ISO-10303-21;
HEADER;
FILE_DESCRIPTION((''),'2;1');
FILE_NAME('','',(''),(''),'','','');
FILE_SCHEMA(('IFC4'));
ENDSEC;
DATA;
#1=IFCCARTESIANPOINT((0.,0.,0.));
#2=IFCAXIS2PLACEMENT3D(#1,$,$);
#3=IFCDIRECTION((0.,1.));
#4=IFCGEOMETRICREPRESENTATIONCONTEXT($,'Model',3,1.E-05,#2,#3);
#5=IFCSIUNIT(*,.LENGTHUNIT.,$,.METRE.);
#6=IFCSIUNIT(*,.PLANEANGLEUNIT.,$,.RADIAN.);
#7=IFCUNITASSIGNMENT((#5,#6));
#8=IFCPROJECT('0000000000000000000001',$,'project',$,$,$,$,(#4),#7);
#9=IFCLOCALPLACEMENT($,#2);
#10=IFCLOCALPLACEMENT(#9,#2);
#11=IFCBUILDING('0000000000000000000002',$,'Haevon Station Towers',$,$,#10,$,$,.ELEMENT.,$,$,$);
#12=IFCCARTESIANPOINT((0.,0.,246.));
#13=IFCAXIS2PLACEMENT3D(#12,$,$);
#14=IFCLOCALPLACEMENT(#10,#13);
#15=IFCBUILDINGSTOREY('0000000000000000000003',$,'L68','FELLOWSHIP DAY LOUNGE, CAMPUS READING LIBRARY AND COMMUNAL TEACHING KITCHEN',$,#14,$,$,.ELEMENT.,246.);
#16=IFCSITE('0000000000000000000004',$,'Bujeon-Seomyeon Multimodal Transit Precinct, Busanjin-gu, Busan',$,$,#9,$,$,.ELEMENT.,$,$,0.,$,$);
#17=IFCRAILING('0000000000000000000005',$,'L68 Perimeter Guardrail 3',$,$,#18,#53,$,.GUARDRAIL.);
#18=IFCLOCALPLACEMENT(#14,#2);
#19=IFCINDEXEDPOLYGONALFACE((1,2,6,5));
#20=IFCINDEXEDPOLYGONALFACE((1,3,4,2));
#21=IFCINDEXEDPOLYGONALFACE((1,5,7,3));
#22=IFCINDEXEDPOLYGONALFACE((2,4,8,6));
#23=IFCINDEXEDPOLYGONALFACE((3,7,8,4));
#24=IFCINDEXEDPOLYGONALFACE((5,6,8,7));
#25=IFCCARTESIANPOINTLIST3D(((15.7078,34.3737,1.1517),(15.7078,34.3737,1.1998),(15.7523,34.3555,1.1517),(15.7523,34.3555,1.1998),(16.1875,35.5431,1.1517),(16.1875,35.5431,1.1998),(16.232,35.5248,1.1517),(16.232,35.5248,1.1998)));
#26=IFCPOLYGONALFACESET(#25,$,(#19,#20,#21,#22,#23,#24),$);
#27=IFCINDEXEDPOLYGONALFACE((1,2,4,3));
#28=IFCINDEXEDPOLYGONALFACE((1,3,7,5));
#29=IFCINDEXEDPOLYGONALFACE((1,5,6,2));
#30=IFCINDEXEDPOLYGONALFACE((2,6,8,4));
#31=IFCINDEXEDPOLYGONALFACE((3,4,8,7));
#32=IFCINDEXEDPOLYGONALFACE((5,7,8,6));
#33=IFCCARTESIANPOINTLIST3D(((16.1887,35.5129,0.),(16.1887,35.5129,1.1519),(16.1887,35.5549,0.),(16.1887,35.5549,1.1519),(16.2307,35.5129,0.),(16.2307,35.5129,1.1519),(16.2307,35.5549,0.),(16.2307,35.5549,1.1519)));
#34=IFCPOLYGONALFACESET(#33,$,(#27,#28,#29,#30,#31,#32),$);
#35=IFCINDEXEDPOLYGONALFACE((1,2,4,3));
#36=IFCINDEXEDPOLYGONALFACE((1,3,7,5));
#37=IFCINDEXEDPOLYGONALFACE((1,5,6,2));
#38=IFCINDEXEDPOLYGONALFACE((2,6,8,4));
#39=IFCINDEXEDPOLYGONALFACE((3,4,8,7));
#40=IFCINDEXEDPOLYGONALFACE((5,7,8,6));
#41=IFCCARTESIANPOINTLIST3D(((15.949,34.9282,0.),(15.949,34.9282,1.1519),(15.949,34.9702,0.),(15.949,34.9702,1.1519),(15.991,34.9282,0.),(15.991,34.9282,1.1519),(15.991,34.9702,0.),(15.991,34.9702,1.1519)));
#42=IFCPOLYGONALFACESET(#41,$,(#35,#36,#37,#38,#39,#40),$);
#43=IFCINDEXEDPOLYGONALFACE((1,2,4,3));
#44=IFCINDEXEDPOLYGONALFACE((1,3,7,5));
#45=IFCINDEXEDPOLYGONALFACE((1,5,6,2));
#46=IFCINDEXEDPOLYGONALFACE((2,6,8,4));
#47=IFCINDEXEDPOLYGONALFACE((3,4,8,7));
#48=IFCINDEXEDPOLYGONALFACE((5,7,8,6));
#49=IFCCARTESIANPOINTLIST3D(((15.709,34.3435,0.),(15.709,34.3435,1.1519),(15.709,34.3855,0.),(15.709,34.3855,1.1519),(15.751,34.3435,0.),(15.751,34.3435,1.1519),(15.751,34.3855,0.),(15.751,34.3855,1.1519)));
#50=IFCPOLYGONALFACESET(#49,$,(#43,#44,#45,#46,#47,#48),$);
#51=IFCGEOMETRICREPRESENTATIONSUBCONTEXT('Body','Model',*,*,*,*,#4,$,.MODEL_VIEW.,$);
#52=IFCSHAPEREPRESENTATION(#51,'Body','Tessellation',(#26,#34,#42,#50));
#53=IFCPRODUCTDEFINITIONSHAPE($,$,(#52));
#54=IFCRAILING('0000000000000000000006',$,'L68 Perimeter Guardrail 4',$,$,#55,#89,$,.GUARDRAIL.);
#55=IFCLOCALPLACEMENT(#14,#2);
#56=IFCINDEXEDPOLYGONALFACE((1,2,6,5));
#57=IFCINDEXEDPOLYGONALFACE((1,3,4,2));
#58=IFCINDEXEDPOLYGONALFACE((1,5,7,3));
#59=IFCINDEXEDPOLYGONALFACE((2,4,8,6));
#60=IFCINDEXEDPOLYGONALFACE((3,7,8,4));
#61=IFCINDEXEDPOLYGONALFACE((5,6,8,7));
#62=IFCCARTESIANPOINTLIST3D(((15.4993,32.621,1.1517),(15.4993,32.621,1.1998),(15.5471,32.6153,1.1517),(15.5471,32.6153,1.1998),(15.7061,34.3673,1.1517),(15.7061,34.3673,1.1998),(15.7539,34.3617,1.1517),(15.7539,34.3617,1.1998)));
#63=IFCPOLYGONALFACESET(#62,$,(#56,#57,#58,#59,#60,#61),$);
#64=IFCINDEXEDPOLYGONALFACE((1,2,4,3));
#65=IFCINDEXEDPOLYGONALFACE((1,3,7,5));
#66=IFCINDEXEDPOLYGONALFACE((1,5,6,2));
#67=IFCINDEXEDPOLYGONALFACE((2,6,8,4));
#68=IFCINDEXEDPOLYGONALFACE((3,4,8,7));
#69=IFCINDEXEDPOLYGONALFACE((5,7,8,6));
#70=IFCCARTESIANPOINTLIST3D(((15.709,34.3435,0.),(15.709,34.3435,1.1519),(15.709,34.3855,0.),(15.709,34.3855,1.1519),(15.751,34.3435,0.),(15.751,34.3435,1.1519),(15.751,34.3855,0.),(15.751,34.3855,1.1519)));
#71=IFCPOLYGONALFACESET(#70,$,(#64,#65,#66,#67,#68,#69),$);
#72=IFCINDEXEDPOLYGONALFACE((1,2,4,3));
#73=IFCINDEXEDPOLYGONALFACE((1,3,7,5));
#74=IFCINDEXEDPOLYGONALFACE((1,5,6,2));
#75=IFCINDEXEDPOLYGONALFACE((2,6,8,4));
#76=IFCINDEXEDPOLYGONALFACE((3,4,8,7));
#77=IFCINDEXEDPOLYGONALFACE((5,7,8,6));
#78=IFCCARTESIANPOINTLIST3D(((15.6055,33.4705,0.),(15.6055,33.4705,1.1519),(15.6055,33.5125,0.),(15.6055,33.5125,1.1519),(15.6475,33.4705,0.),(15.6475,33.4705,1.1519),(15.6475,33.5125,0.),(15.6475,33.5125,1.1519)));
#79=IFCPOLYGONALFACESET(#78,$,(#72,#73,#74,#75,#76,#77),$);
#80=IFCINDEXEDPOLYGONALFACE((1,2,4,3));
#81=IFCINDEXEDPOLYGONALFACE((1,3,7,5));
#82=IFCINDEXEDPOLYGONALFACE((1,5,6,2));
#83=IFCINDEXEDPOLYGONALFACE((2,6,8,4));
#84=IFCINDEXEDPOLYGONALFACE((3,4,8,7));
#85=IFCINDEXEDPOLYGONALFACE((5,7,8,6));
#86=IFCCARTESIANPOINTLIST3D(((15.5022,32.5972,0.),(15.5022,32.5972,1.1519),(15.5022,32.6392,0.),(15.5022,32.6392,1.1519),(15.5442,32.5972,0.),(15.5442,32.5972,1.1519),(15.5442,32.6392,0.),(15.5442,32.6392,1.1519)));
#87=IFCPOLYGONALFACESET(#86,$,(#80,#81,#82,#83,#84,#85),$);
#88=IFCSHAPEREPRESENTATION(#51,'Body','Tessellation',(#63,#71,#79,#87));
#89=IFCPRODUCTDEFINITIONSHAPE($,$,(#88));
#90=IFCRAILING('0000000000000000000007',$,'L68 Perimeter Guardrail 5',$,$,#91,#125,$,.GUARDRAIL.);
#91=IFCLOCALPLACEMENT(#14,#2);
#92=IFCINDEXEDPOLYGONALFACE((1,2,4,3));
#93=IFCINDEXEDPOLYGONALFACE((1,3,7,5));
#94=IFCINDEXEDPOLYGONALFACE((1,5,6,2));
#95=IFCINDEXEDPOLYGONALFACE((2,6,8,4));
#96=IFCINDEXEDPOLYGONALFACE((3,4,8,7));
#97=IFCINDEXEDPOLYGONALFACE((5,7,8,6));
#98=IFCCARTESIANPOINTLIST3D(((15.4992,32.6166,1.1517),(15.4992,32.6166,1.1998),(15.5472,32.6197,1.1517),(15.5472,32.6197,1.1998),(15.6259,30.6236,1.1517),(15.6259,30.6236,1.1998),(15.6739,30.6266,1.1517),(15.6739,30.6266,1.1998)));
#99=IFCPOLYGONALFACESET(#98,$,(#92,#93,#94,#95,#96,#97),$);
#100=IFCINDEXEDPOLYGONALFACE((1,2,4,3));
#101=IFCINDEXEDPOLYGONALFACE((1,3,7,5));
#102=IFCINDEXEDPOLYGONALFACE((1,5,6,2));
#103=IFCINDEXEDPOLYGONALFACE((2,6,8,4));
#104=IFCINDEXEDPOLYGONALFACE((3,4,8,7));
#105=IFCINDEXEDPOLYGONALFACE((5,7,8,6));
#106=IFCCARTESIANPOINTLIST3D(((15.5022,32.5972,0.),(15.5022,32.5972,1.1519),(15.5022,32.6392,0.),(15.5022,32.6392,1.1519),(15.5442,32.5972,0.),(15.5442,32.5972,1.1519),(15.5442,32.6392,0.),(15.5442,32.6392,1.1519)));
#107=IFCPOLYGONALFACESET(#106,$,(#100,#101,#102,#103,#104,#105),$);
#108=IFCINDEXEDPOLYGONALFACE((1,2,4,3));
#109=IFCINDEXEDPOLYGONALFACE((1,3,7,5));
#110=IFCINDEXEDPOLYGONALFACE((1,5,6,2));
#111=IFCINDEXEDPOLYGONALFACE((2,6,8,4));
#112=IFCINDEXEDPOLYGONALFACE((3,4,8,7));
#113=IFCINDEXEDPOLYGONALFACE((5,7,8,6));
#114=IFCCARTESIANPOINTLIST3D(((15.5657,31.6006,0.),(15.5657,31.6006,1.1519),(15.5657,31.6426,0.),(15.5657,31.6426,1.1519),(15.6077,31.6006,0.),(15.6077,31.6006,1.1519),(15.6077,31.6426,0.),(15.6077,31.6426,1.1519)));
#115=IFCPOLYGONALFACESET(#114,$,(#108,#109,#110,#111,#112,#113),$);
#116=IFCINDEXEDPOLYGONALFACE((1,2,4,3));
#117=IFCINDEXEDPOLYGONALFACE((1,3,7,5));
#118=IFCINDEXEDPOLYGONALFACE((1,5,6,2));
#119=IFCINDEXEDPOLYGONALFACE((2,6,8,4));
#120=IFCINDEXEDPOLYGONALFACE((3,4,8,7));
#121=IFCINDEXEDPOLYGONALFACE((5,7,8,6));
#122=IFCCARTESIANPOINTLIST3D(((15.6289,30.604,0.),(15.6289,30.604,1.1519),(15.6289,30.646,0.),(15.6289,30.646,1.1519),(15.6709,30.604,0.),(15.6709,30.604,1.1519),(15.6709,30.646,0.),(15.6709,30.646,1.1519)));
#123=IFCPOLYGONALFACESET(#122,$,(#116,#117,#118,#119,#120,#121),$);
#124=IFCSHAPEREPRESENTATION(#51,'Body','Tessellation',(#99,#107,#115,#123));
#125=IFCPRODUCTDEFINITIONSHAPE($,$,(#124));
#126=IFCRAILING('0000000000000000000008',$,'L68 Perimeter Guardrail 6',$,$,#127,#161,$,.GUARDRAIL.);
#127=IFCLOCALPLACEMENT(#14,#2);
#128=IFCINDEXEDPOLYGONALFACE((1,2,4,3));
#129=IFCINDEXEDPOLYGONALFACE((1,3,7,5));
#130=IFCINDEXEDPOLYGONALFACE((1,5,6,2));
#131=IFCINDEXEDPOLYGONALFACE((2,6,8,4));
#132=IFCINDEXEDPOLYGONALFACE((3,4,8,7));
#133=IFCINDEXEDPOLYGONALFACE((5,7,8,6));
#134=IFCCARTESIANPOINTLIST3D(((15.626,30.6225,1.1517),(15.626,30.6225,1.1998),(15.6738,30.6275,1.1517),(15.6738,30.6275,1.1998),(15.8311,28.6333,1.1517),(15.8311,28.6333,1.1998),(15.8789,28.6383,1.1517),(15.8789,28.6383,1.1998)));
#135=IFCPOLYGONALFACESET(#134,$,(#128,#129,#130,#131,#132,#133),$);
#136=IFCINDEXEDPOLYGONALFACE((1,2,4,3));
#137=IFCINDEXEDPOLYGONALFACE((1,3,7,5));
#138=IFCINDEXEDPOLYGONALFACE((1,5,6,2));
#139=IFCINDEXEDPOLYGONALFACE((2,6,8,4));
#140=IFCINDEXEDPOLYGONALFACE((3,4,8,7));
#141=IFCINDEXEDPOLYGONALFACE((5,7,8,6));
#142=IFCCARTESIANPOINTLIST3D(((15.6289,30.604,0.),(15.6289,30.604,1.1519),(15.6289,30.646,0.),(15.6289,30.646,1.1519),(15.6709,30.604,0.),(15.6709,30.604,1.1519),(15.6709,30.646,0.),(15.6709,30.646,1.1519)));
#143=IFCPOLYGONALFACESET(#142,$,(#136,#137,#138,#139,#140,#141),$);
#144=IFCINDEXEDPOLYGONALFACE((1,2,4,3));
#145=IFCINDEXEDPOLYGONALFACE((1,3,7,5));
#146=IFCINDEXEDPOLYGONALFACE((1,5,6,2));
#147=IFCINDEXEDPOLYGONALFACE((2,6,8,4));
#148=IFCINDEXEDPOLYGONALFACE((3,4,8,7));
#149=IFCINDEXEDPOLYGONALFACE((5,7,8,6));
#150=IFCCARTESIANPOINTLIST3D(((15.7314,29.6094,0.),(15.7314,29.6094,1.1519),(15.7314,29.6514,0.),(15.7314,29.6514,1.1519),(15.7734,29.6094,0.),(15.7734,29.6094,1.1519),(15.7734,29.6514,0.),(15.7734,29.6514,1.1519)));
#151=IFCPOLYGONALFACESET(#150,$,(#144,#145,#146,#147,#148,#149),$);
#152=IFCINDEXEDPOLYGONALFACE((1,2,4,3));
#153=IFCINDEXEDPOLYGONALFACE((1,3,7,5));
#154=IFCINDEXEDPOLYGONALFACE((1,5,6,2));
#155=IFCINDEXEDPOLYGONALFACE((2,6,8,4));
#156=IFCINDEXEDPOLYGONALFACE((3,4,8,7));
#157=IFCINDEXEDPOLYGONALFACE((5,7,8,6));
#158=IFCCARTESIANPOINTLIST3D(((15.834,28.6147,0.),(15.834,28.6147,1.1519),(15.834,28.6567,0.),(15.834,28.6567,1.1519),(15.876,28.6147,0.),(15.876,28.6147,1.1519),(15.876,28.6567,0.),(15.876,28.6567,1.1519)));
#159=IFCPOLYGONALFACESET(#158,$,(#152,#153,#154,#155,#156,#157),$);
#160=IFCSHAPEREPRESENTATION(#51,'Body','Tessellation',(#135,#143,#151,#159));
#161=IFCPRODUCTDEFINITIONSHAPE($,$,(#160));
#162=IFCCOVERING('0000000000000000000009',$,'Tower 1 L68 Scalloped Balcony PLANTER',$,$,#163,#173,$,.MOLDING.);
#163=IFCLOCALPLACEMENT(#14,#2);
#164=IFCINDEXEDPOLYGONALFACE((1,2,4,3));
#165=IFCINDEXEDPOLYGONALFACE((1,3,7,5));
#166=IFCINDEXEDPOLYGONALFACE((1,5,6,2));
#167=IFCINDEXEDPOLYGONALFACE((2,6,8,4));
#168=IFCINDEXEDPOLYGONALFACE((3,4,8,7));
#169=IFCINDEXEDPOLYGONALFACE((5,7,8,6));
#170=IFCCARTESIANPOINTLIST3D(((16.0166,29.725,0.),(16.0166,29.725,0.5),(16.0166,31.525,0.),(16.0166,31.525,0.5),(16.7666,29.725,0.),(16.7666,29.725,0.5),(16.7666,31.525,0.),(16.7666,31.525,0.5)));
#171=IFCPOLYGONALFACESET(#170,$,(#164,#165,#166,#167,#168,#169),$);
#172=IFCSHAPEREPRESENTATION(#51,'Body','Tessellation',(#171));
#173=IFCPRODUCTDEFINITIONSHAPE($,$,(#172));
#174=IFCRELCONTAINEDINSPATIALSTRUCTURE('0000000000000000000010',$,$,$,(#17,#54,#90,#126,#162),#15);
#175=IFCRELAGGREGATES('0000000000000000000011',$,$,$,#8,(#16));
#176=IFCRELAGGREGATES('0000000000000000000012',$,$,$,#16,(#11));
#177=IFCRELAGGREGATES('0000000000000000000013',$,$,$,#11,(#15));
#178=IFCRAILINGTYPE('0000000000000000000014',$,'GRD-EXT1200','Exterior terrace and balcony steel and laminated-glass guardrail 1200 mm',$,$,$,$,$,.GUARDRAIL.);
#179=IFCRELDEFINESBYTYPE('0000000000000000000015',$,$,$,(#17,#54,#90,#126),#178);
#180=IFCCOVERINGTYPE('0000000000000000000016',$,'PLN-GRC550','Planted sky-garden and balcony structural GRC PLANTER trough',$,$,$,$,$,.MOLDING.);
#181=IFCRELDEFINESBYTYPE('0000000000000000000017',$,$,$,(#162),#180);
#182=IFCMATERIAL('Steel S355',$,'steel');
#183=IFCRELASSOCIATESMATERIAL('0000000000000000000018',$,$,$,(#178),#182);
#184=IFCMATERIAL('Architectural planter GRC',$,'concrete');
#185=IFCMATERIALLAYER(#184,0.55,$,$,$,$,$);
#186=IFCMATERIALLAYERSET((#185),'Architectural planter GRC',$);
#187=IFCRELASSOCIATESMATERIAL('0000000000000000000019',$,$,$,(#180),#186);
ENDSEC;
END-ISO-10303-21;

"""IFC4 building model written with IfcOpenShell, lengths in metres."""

from ifc_helpers import new_model, si_unit, direction, frame, origin, origin_2d, place, context, subcontext, project, spatial, rectangle, extrude, material, layer, layer_set, type_object, element, save


model = new_model("IFC4")

# Units and contexts
model_context = context("Model", 3, precision=1e-05, world=origin(), true_north=direction((0.0, 1.0)))
body_context = subcontext(model_context, "Body", "Model", "MODEL_VIEW")
ifc_project = project(units=[si_unit("LENGTHUNIT", "METRE"), si_unit("PLANEANGLEUNIT", "RADIAN")], contexts=[model_context])

# Site, building, storey
site_placement = place(None, origin())
site = spatial("IfcSite", under=ifc_project, at=site_placement, Name="Bujeon-Seomyeon Multimodal Transit Precinct, Busanjin-gu, Busan", CompositionType="ELEMENT", RefElevation=0.0)
building_placement = place(site_placement, origin())
building = spatial("IfcBuilding", under=site, at=building_placement, Name="Haevon Station Towers", CompositionType="ELEMENT")
storey_placement = place(building_placement, frame((0.0, 0.0, 246.0)))
storey = spatial("IfcBuildingStorey", under=building, at=storey_placement, Name="L68", Description="FELLOWSHIP DAY LOUNGE, CAMPUS READING LIBRARY AND COMMUNAL TEACHING KITCHEN", CompositionType="ELEMENT", Elevation=246.0)

# Shared definitions
ifc_material_1 = material(Name="Steel S355", Category="steel")

# Railings
railing_type = type_object("IfcRailingType", Name="GRD-EXT1200", Description="Exterior terrace and balcony steel and laminated-glass guardrail 1200 mm", PredefinedType="GUARDRAIL", material=ifc_material_1)
railing_1_placement = place(storey_placement, frame((16.2097, 35.5339, 0.0)))
element("IfcRailing", 1, at=railing_1_placement, inside=storey, type_object=railing_type, Name="L68 Perimeter Guardrail 3", PredefinedType="GUARDRAIL", context=body_context, shape_type="SweptSolid", body=[
    extrude(rectangle(XDim=0.0481, YDim=0.0481, at=origin_2d()), frame((0.0, 0.0, 1.1758), z_axis=(-0.379535, -0.925177, 0.0), x_axis=(0.925177, -0.379535, 0.0)), (0.0, 0.0, 1.0), 1.2639),
    extrude(rectangle(XDim=0.042, YDim=0.042, at=origin_2d()), origin(), (0.0, 0.0, 1.0), 1.1519),
    extrude(rectangle(XDim=0.042, YDim=0.042, at=origin_2d()), frame((-0.2397, -0.5847, 0.0)), (0.0, 0.0, 1.0), 1.1519),
    extrude(rectangle(XDim=0.042, YDim=0.042, at=origin_2d()), frame((-0.4797, -1.1694, 0.0)), (0.0, 0.0, 1.0), 1.1519),
])
railing_2_placement = place(storey_placement, frame((15.73, 34.3645, 0.0)))
element("IfcRailing", 2, at=railing_2_placement, inside=storey, type_object=railing_type, Name="L68 Perimeter Guardrail 4", PredefinedType="GUARDRAIL", context=body_context, shape_type="SweptSolid", body=[
    extrude(rectangle(XDim=0.0481, YDim=0.0481, at=origin_2d()), frame((0.0, 0.0, 1.1758), z_axis=(-0.11759, -0.993062, 0.0), x_axis=(0.993062, -0.11759, 0.0)), (0.0, 0.0, 1.0), 1.7585),
    extrude(rectangle(XDim=0.042, YDim=0.042, at=origin_2d()), origin(), (0.0, 0.0, 1.0), 1.1519),
    extrude(rectangle(XDim=0.042, YDim=0.042, at=origin_2d()), frame((-0.1035, -0.873, 0.0)), (0.0, 0.0, 1.0), 1.1519),
    extrude(rectangle(XDim=0.042, YDim=0.042, at=origin_2d()), frame((-0.2068, -1.7463, 0.0)), (0.0, 0.0, 1.0), 1.1519),
])
railing_3_placement = place(storey_placement, frame((15.5232, 32.6182, 0.0)))
element("IfcRailing", 3, at=railing_3_placement, inside=storey, type_object=railing_type, Name="L68 Perimeter Guardrail 5", PredefinedType="GUARDRAIL", context=body_context, shape_type="SweptSolid", body=[
    extrude(rectangle(XDim=0.0481, YDim=0.0481, at=origin_2d()), frame((0.0, 0.0, 1.1758), z_axis=(0.063444, -0.997985, 0.0), x_axis=(0.997985, 0.063444, 0.0)), (0.0, 0.0, 1.0), 1.9971),
    extrude(rectangle(XDim=0.042, YDim=0.042, at=origin_2d()), origin(), (0.0, 0.0, 1.0), 1.1519),
    extrude(rectangle(XDim=0.042, YDim=0.042, at=origin_2d()), frame((0.0635, -0.9966, 0.0)), (0.0, 0.0, 1.0), 1.1519),
    extrude(rectangle(XDim=0.042, YDim=0.042, at=origin_2d()), frame((0.1267, -1.9932, 0.0)), (0.0, 0.0, 1.0), 1.1519),
])
railing_4_placement = place(storey_placement, frame((15.6499, 30.625, 0.0)))
element("IfcRailing", 4, at=railing_4_placement, inside=storey, type_object=railing_type, Name="L68 Perimeter Guardrail 6", PredefinedType="GUARDRAIL", context=body_context, shape_type="SweptSolid", body=[
    extrude(rectangle(XDim=0.0481, YDim=0.0481, at=origin_2d()), frame((0.0, 0.0, 1.1758), z_axis=(0.102549, -0.994728, 0.0), x_axis=(0.994728, 0.102549, 0.0)), (0.0, 0.0, 1.0), 1.9998),
    extrude(rectangle(XDim=0.042, YDim=0.042, at=origin_2d()), origin(), (0.0, 0.0, 1.0), 1.1519),
    extrude(rectangle(XDim=0.042, YDim=0.042, at=origin_2d()), frame((0.1025, -0.9946, 0.0)), (0.0, 0.0, 1.0), 1.1519),
    extrude(rectangle(XDim=0.042, YDim=0.042, at=origin_2d()), frame((0.2051, -1.9893, 0.0)), (0.0, 0.0, 1.0), 1.1519),
])

# Covering
ifc_material_2 = material(Name="Architectural planter GRC", Category="concrete")
ifc_layer_1 = layer(ifc_material_2, 0.55)
ifc_layer_set_1 = layer_set([ifc_layer_1], Name="Architectural planter GRC")
covering_type = type_object("IfcCoveringType", Name="PLN-GRC550", Description="Planted sky-garden and balcony structural GRC PLANTER trough", PredefinedType="MOLDING", material=ifc_layer_set_1)
covering_placement = place(storey_placement, frame((16.3916, 30.625, 0.0), z_axis=(0.0, 0.0, 1.0), x_axis=(1.0, 0.0, 0.0)))
element("IfcCovering", 5, at=covering_placement, inside=storey, type_object=covering_type, Name="Tower 1 L68 Scalloped Balcony PLANTER", PredefinedType="MOLDING", context=body_context, shape_type="SweptSolid", body=[
    extrude(rectangle(XDim=0.75, YDim=1.8, at=origin_2d()), origin(), (0.0, 0.0, 1.0), 0.5),
])

save(model, "model.ifc")
